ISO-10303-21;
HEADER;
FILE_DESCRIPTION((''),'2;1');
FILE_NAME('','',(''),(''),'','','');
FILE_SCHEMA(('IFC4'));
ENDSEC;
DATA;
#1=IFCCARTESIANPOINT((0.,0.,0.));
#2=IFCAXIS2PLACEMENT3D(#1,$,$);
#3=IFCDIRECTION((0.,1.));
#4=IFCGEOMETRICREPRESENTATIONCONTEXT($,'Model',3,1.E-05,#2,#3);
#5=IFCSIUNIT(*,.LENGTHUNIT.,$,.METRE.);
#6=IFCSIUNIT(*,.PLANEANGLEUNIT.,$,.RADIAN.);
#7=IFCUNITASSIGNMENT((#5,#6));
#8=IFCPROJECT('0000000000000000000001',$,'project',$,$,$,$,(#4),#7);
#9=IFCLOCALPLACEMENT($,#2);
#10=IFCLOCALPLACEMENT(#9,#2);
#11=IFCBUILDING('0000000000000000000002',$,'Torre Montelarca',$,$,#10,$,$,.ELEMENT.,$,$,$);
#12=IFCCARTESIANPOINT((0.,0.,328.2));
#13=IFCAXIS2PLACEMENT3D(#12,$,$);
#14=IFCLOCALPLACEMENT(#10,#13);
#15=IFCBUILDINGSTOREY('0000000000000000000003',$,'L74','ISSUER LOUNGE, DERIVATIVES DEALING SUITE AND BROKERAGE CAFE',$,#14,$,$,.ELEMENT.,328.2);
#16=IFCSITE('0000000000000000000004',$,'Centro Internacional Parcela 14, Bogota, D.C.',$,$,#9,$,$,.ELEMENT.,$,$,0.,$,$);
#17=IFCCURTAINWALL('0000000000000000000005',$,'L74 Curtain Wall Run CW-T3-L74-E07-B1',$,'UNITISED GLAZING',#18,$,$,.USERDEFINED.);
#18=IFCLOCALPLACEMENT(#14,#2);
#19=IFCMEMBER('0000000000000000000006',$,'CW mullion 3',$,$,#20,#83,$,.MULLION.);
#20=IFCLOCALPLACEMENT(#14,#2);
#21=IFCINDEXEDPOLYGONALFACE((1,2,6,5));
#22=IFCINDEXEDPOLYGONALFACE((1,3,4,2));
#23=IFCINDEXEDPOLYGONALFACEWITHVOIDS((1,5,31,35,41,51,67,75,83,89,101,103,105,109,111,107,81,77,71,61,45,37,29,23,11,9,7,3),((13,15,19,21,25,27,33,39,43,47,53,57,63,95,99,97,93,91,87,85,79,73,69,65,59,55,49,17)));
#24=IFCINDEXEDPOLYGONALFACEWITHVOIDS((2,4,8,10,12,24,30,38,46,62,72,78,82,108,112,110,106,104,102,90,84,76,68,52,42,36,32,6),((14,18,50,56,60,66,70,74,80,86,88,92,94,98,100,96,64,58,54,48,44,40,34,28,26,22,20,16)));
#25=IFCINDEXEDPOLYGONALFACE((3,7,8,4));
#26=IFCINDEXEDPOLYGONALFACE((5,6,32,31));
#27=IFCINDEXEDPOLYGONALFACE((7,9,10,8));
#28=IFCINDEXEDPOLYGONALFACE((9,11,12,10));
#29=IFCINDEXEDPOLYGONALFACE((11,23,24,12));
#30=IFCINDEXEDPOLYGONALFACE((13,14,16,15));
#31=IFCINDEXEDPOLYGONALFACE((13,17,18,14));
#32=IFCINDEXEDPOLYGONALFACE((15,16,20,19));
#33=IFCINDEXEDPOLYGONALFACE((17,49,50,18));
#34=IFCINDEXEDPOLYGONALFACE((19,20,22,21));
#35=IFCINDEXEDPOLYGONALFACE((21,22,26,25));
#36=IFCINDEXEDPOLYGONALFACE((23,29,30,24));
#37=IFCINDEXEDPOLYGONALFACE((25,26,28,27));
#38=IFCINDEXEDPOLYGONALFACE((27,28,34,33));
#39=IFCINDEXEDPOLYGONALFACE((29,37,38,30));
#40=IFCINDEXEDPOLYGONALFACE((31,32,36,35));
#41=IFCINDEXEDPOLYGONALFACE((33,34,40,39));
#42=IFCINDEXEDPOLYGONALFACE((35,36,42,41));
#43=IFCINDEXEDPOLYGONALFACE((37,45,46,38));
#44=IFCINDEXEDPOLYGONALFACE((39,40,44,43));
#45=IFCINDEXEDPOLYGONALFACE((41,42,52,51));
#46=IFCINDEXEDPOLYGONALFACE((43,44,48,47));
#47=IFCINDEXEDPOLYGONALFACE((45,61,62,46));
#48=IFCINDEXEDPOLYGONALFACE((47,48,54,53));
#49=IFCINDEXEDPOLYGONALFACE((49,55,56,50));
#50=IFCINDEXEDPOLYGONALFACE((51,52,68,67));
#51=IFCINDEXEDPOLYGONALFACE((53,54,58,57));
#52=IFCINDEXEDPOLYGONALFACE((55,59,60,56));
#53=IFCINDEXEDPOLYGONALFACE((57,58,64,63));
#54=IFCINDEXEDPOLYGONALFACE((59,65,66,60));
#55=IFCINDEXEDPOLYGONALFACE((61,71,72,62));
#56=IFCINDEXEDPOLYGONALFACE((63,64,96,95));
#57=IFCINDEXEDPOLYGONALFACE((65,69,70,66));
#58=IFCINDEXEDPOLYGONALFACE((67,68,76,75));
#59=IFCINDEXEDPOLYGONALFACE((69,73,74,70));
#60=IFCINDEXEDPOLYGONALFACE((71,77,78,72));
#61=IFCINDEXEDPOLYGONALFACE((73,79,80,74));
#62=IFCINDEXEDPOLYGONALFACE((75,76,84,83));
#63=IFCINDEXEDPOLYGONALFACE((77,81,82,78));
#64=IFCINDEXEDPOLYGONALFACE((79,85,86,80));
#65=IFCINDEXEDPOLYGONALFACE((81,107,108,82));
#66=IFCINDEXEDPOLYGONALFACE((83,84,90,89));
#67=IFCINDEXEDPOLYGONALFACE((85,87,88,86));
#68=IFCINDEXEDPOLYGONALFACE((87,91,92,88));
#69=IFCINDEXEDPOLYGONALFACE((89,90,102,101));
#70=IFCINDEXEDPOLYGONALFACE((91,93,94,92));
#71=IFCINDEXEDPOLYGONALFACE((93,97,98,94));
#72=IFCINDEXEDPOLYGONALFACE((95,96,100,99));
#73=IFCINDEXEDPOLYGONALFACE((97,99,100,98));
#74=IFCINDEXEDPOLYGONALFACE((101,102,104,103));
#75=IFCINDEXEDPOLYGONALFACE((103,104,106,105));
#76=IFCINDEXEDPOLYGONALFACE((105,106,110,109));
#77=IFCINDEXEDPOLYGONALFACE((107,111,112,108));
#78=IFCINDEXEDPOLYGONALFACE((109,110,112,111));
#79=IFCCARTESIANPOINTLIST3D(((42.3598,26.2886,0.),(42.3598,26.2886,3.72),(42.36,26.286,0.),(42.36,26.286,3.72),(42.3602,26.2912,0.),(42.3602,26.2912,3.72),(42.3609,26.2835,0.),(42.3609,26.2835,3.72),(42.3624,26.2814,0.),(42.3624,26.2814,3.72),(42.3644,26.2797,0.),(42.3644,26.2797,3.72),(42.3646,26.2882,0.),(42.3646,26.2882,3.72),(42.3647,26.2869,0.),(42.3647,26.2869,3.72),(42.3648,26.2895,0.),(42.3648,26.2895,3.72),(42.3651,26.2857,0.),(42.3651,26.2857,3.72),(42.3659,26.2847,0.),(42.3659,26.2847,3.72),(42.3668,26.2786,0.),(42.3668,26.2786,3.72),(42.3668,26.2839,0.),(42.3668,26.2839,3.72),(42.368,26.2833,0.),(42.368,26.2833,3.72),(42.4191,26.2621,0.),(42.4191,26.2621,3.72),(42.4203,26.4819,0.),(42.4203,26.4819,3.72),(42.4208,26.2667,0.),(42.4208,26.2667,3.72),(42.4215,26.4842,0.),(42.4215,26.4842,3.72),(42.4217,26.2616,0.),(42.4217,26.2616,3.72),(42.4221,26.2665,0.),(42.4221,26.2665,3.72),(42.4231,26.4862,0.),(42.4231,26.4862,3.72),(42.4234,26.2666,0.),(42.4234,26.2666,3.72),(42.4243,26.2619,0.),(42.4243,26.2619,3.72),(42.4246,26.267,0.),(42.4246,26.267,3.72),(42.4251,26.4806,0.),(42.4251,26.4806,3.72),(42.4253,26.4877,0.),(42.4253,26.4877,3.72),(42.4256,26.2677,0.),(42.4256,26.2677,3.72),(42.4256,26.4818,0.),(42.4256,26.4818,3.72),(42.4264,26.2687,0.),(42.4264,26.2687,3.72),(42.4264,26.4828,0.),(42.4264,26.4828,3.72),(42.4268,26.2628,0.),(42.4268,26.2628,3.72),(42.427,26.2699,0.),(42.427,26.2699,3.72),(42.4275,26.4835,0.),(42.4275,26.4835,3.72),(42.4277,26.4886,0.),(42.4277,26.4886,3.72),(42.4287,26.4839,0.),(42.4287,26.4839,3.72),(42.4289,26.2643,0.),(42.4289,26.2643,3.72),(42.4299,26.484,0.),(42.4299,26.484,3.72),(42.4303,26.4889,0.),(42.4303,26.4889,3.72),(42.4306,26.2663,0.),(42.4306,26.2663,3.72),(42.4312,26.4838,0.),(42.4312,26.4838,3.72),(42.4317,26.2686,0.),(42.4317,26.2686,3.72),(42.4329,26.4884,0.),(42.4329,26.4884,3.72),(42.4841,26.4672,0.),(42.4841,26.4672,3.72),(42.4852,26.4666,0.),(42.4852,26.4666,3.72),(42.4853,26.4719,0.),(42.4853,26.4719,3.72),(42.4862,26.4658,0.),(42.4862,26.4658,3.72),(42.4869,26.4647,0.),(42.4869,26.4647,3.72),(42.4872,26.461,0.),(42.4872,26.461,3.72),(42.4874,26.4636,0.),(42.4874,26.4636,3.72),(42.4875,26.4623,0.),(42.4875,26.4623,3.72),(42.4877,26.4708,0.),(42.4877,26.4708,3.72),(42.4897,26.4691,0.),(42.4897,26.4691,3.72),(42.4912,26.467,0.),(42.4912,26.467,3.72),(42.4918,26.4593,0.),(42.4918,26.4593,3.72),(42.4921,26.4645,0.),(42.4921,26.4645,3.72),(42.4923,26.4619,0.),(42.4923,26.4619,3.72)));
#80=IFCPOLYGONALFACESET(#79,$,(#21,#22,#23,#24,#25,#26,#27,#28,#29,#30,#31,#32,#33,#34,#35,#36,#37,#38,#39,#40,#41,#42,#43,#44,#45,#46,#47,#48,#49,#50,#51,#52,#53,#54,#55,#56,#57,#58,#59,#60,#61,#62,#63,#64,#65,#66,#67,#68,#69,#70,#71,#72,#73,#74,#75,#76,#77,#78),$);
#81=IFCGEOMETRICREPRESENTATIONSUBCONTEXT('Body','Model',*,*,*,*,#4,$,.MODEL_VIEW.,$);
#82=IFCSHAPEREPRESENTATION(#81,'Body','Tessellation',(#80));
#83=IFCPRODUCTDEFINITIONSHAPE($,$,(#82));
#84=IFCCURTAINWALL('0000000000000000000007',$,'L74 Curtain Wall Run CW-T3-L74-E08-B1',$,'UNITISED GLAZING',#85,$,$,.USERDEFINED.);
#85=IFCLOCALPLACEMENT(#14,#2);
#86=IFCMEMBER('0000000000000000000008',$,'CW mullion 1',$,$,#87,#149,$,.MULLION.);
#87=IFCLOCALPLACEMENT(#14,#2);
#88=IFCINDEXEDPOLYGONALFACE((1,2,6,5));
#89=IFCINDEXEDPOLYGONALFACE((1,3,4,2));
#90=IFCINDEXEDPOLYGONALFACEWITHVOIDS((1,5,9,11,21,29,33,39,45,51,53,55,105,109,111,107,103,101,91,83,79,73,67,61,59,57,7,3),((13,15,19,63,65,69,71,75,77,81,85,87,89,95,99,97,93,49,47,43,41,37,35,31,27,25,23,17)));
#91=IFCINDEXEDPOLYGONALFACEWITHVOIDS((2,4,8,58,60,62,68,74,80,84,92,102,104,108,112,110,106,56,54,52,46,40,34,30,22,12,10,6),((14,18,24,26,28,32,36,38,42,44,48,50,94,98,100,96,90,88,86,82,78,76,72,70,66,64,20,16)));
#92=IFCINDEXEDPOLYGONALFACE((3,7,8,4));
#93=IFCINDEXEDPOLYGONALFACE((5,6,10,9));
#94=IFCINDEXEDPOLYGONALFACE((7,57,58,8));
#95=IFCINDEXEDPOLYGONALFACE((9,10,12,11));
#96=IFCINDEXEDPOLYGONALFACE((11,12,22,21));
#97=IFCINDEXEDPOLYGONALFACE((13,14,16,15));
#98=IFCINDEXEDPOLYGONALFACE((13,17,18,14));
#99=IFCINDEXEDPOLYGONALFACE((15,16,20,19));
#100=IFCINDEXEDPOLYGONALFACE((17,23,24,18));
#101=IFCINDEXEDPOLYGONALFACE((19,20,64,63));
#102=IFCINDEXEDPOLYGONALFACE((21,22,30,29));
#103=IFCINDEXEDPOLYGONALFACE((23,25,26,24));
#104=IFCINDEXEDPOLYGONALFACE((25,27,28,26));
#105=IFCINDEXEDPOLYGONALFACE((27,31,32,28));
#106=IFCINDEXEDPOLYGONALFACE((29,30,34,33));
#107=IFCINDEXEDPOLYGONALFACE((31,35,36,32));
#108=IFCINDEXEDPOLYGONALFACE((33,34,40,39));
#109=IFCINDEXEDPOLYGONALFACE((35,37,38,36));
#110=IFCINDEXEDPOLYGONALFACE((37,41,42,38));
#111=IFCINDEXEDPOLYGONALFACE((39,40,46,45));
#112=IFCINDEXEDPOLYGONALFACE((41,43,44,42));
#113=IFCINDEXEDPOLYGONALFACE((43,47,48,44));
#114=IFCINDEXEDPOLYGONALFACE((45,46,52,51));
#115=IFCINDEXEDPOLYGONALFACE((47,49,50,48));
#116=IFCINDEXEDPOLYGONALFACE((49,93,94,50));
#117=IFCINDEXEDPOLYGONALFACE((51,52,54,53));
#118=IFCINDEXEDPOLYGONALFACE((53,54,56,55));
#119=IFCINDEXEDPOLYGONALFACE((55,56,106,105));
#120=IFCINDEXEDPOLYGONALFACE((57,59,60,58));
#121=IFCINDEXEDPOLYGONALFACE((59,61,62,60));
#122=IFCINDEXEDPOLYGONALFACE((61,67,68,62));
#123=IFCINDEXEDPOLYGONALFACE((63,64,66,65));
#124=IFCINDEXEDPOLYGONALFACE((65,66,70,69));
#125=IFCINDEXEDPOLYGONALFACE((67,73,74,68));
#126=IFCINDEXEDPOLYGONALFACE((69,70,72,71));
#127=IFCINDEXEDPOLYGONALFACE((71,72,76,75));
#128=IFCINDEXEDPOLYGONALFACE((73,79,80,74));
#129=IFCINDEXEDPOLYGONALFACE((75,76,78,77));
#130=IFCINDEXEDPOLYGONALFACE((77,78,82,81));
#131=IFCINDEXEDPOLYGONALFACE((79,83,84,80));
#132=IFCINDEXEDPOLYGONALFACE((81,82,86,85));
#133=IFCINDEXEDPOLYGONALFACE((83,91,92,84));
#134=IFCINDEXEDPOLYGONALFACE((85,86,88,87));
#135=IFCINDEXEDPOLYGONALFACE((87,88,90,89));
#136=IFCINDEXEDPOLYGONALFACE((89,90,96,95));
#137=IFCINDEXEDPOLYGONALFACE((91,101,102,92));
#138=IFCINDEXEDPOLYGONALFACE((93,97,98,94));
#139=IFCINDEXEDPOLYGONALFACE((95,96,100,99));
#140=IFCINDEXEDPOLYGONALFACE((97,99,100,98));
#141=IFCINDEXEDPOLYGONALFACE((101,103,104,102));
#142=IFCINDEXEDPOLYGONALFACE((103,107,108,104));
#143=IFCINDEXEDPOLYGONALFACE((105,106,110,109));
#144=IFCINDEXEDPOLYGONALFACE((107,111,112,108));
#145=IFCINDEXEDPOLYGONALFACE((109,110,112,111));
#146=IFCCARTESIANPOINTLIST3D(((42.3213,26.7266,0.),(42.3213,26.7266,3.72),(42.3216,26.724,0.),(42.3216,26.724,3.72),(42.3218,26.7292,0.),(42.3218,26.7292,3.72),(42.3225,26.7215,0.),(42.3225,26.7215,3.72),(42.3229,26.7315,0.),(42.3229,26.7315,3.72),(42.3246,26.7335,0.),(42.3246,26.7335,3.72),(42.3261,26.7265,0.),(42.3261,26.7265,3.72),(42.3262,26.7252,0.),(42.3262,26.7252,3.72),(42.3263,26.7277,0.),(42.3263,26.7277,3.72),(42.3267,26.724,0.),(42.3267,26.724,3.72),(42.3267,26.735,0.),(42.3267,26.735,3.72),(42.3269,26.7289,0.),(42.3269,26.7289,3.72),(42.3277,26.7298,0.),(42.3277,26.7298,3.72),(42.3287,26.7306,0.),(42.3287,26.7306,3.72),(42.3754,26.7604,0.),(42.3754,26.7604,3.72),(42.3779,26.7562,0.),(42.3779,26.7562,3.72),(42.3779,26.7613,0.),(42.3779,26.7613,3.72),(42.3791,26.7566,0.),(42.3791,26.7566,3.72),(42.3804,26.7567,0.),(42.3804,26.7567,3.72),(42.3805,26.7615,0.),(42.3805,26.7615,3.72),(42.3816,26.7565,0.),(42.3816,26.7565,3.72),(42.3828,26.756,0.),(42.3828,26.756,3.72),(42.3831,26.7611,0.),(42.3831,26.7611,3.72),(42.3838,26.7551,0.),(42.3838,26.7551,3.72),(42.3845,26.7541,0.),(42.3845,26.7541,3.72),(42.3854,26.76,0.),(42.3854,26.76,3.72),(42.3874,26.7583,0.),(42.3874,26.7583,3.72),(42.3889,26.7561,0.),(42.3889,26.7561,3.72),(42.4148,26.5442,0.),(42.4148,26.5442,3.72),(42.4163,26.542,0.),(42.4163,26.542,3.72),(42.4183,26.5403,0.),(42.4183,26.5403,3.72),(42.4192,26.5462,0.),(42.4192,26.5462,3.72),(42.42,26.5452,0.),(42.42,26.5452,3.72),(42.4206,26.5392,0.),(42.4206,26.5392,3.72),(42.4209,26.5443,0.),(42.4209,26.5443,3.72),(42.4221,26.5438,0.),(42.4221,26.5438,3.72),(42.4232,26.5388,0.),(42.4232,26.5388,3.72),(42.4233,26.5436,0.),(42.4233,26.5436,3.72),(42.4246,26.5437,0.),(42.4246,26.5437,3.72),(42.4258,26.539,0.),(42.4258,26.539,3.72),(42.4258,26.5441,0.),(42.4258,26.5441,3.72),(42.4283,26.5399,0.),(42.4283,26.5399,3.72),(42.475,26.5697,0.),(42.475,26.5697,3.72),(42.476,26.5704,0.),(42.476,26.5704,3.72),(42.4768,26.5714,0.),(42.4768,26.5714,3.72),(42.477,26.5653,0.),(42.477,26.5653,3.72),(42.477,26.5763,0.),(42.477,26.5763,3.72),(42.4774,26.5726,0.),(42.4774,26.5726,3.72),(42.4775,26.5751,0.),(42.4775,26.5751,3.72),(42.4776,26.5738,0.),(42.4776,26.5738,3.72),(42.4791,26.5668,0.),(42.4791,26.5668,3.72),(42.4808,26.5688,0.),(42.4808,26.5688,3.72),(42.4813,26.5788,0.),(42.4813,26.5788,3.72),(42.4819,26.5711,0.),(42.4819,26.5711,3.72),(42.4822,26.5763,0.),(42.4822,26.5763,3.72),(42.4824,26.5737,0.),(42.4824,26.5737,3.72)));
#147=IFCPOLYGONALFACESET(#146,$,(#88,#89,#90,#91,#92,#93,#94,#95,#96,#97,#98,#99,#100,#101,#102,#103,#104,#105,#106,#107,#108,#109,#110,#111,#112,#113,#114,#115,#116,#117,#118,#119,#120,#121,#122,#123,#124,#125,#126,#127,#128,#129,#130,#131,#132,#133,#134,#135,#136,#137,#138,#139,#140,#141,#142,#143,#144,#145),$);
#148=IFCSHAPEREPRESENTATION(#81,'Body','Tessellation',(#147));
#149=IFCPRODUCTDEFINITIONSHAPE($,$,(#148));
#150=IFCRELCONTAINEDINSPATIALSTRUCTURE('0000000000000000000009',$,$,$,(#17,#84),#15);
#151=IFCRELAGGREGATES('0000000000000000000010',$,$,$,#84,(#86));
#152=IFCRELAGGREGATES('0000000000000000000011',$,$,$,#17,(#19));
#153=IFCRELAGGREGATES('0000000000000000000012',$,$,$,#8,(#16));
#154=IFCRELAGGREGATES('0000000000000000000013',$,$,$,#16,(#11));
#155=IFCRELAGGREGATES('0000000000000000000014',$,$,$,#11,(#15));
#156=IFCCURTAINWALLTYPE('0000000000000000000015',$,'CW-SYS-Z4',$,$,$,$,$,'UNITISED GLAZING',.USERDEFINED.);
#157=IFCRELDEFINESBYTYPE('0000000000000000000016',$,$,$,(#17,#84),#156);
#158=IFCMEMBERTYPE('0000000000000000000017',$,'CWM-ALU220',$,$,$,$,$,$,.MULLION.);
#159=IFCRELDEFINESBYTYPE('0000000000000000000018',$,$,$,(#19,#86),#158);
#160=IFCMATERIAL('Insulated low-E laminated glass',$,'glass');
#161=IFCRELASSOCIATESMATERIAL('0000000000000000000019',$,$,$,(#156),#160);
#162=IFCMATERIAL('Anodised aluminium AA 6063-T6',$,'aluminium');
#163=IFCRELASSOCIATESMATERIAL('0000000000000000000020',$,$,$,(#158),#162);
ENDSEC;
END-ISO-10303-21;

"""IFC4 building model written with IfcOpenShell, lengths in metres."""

from ifc_helpers import new_model, si_unit, direction, frame, origin, origin_2d, place, context, subcontext, project, spatial, hollow_rectangle, extrude, source, transform, mapped, material, material_profile, profile_set, type_object, element, aggregate, save


model = new_model("IFC4")

# Units and contexts
model_context = context("Model", 3, precision=1e-05, world=origin(), true_north=direction((0.0, 1.0)))
body_context = subcontext(model_context, "Body", "Model", "MODEL_VIEW")
ifc_project = project(units=[si_unit("LENGTHUNIT", "METRE"), si_unit("PLANEANGLEUNIT", "RADIAN")], contexts=[model_context])

# Site, building, storey
site_placement = place(None, origin())
site = spatial("IfcSite", under=ifc_project, at=site_placement, Name="Centro Internacional Parcela 14, Bogota, D.C.", CompositionType="ELEMENT", RefElevation=0.0)
building_placement = place(site_placement, origin())
building = spatial("IfcBuilding", under=site, at=building_placement, Name="Torre Montelarca", CompositionType="ELEMENT")
storey_placement = place(building_placement, frame((0.0, 0.0, 328.2)))
storey = spatial("IfcBuildingStorey", under=building, at=storey_placement, Name="L74", Description="ISSUER LOUNGE, DERIVATIVES DEALING SUITE AND BROKERAGE CAFE", CompositionType="ELEMENT", Elevation=328.2)

# Curtain wall, member
ifc_material_1 = material(Name="Insulated low-E laminated glass", Category="glass")
curtain_wall_type = type_object("IfcCurtainWallType", Name="CW-SYS-Z4", ElementType="UNITISED GLAZING", PredefinedType="USERDEFINED", material=ifc_material_1)
ifc_material_2 = material(Name="Anodised aluminium AA 6063-T6", Category="aluminium")
ifc_material_profile_1 = material_profile(ifc_material_2, hollow_rectangle(XDim=0.075, YDim=0.22, WallThickness=0.0049, InnerFilletRadius=0.0049, OuterFilletRadius=0.01, at=origin_2d()), Name="ALU75X220X5", Category="aluminium")
ifc_profile_set_1 = profile_set([ifc_material_profile_1], Name="Anodised aluminium AA 6063-T6")
member_type_1 = type_object("IfcMemberType", Name="CWM-ALU220", PredefinedType="MULLION", material=ifc_profile_set_1)
shared_shape_1 = source(origin(), body_context, "Body", "SweptSolid", [
    extrude(hollow_rectangle(XDim=0.075, YDim=0.22, WallThickness=0.0049, InnerFilletRadius=0.0049, OuterFilletRadius=0.01, at=origin_2d()), origin(), (0.0, 0.0, 1.0), 3.72),
])
curtain_wall_1_placement = place(storey_placement, origin())
curtain_wall_1 = element("IfcCurtainWall", 1, at=curtain_wall_1_placement, inside=storey, type_object=curtain_wall_type, Name="L74 Curtain Wall Run CW-T3-L74-E07-B1", ObjectType="UNITISED GLAZING", PredefinedType="USERDEFINED")
member_1_placement = place(storey_placement, frame((42.426, 26.3752, 0.0), z_axis=(0.0, 0.0, 1.0), x_axis=(-0.953721, 0.300693, 0.0)))
member_1 = element("IfcMember", 2, at=member_1_placement, type_object=member_type_1, Name="CW mullion 3", PredefinedType="MULLION", context=body_context, shape_type="MappedRepresentation", body=[
    mapped(shared_shape_1, transform((0.0, 0.0, 0.0), scale=1.0)),
])

# Curtain wall, member
curtain_wall_2_placement = place(storey_placement, origin())
curtain_wall_2 = element("IfcCurtainWall", 3, at=curtain_wall_2_placement, inside=storey, type_object=curtain_wall_type, Name="L74 Curtain Wall Run CW-T3-L74-E08-B1", ObjectType="UNITISED GLAZING", PredefinedType="USERDEFINED")
member_2_placement = place(storey_placement, frame((42.4019, 26.6501, 0.0), z_axis=(0.0, 0.0, 1.0), x_axis=(-0.887013, -0.461745, 0.0)))
member_2 = element("IfcMember", 4, at=member_2_placement, type_object=member_type_1, Name="CW mullion 1", PredefinedType="MULLION", context=body_context, shape_type="MappedRepresentation", body=[
    mapped(shared_shape_1, transform((0.0, 0.0, 0.0), scale=1.0)),
])

aggregate(curtain_wall_2, [member_2])

aggregate(curtain_wall_1, [member_1])

save(model, "model.ifc")
